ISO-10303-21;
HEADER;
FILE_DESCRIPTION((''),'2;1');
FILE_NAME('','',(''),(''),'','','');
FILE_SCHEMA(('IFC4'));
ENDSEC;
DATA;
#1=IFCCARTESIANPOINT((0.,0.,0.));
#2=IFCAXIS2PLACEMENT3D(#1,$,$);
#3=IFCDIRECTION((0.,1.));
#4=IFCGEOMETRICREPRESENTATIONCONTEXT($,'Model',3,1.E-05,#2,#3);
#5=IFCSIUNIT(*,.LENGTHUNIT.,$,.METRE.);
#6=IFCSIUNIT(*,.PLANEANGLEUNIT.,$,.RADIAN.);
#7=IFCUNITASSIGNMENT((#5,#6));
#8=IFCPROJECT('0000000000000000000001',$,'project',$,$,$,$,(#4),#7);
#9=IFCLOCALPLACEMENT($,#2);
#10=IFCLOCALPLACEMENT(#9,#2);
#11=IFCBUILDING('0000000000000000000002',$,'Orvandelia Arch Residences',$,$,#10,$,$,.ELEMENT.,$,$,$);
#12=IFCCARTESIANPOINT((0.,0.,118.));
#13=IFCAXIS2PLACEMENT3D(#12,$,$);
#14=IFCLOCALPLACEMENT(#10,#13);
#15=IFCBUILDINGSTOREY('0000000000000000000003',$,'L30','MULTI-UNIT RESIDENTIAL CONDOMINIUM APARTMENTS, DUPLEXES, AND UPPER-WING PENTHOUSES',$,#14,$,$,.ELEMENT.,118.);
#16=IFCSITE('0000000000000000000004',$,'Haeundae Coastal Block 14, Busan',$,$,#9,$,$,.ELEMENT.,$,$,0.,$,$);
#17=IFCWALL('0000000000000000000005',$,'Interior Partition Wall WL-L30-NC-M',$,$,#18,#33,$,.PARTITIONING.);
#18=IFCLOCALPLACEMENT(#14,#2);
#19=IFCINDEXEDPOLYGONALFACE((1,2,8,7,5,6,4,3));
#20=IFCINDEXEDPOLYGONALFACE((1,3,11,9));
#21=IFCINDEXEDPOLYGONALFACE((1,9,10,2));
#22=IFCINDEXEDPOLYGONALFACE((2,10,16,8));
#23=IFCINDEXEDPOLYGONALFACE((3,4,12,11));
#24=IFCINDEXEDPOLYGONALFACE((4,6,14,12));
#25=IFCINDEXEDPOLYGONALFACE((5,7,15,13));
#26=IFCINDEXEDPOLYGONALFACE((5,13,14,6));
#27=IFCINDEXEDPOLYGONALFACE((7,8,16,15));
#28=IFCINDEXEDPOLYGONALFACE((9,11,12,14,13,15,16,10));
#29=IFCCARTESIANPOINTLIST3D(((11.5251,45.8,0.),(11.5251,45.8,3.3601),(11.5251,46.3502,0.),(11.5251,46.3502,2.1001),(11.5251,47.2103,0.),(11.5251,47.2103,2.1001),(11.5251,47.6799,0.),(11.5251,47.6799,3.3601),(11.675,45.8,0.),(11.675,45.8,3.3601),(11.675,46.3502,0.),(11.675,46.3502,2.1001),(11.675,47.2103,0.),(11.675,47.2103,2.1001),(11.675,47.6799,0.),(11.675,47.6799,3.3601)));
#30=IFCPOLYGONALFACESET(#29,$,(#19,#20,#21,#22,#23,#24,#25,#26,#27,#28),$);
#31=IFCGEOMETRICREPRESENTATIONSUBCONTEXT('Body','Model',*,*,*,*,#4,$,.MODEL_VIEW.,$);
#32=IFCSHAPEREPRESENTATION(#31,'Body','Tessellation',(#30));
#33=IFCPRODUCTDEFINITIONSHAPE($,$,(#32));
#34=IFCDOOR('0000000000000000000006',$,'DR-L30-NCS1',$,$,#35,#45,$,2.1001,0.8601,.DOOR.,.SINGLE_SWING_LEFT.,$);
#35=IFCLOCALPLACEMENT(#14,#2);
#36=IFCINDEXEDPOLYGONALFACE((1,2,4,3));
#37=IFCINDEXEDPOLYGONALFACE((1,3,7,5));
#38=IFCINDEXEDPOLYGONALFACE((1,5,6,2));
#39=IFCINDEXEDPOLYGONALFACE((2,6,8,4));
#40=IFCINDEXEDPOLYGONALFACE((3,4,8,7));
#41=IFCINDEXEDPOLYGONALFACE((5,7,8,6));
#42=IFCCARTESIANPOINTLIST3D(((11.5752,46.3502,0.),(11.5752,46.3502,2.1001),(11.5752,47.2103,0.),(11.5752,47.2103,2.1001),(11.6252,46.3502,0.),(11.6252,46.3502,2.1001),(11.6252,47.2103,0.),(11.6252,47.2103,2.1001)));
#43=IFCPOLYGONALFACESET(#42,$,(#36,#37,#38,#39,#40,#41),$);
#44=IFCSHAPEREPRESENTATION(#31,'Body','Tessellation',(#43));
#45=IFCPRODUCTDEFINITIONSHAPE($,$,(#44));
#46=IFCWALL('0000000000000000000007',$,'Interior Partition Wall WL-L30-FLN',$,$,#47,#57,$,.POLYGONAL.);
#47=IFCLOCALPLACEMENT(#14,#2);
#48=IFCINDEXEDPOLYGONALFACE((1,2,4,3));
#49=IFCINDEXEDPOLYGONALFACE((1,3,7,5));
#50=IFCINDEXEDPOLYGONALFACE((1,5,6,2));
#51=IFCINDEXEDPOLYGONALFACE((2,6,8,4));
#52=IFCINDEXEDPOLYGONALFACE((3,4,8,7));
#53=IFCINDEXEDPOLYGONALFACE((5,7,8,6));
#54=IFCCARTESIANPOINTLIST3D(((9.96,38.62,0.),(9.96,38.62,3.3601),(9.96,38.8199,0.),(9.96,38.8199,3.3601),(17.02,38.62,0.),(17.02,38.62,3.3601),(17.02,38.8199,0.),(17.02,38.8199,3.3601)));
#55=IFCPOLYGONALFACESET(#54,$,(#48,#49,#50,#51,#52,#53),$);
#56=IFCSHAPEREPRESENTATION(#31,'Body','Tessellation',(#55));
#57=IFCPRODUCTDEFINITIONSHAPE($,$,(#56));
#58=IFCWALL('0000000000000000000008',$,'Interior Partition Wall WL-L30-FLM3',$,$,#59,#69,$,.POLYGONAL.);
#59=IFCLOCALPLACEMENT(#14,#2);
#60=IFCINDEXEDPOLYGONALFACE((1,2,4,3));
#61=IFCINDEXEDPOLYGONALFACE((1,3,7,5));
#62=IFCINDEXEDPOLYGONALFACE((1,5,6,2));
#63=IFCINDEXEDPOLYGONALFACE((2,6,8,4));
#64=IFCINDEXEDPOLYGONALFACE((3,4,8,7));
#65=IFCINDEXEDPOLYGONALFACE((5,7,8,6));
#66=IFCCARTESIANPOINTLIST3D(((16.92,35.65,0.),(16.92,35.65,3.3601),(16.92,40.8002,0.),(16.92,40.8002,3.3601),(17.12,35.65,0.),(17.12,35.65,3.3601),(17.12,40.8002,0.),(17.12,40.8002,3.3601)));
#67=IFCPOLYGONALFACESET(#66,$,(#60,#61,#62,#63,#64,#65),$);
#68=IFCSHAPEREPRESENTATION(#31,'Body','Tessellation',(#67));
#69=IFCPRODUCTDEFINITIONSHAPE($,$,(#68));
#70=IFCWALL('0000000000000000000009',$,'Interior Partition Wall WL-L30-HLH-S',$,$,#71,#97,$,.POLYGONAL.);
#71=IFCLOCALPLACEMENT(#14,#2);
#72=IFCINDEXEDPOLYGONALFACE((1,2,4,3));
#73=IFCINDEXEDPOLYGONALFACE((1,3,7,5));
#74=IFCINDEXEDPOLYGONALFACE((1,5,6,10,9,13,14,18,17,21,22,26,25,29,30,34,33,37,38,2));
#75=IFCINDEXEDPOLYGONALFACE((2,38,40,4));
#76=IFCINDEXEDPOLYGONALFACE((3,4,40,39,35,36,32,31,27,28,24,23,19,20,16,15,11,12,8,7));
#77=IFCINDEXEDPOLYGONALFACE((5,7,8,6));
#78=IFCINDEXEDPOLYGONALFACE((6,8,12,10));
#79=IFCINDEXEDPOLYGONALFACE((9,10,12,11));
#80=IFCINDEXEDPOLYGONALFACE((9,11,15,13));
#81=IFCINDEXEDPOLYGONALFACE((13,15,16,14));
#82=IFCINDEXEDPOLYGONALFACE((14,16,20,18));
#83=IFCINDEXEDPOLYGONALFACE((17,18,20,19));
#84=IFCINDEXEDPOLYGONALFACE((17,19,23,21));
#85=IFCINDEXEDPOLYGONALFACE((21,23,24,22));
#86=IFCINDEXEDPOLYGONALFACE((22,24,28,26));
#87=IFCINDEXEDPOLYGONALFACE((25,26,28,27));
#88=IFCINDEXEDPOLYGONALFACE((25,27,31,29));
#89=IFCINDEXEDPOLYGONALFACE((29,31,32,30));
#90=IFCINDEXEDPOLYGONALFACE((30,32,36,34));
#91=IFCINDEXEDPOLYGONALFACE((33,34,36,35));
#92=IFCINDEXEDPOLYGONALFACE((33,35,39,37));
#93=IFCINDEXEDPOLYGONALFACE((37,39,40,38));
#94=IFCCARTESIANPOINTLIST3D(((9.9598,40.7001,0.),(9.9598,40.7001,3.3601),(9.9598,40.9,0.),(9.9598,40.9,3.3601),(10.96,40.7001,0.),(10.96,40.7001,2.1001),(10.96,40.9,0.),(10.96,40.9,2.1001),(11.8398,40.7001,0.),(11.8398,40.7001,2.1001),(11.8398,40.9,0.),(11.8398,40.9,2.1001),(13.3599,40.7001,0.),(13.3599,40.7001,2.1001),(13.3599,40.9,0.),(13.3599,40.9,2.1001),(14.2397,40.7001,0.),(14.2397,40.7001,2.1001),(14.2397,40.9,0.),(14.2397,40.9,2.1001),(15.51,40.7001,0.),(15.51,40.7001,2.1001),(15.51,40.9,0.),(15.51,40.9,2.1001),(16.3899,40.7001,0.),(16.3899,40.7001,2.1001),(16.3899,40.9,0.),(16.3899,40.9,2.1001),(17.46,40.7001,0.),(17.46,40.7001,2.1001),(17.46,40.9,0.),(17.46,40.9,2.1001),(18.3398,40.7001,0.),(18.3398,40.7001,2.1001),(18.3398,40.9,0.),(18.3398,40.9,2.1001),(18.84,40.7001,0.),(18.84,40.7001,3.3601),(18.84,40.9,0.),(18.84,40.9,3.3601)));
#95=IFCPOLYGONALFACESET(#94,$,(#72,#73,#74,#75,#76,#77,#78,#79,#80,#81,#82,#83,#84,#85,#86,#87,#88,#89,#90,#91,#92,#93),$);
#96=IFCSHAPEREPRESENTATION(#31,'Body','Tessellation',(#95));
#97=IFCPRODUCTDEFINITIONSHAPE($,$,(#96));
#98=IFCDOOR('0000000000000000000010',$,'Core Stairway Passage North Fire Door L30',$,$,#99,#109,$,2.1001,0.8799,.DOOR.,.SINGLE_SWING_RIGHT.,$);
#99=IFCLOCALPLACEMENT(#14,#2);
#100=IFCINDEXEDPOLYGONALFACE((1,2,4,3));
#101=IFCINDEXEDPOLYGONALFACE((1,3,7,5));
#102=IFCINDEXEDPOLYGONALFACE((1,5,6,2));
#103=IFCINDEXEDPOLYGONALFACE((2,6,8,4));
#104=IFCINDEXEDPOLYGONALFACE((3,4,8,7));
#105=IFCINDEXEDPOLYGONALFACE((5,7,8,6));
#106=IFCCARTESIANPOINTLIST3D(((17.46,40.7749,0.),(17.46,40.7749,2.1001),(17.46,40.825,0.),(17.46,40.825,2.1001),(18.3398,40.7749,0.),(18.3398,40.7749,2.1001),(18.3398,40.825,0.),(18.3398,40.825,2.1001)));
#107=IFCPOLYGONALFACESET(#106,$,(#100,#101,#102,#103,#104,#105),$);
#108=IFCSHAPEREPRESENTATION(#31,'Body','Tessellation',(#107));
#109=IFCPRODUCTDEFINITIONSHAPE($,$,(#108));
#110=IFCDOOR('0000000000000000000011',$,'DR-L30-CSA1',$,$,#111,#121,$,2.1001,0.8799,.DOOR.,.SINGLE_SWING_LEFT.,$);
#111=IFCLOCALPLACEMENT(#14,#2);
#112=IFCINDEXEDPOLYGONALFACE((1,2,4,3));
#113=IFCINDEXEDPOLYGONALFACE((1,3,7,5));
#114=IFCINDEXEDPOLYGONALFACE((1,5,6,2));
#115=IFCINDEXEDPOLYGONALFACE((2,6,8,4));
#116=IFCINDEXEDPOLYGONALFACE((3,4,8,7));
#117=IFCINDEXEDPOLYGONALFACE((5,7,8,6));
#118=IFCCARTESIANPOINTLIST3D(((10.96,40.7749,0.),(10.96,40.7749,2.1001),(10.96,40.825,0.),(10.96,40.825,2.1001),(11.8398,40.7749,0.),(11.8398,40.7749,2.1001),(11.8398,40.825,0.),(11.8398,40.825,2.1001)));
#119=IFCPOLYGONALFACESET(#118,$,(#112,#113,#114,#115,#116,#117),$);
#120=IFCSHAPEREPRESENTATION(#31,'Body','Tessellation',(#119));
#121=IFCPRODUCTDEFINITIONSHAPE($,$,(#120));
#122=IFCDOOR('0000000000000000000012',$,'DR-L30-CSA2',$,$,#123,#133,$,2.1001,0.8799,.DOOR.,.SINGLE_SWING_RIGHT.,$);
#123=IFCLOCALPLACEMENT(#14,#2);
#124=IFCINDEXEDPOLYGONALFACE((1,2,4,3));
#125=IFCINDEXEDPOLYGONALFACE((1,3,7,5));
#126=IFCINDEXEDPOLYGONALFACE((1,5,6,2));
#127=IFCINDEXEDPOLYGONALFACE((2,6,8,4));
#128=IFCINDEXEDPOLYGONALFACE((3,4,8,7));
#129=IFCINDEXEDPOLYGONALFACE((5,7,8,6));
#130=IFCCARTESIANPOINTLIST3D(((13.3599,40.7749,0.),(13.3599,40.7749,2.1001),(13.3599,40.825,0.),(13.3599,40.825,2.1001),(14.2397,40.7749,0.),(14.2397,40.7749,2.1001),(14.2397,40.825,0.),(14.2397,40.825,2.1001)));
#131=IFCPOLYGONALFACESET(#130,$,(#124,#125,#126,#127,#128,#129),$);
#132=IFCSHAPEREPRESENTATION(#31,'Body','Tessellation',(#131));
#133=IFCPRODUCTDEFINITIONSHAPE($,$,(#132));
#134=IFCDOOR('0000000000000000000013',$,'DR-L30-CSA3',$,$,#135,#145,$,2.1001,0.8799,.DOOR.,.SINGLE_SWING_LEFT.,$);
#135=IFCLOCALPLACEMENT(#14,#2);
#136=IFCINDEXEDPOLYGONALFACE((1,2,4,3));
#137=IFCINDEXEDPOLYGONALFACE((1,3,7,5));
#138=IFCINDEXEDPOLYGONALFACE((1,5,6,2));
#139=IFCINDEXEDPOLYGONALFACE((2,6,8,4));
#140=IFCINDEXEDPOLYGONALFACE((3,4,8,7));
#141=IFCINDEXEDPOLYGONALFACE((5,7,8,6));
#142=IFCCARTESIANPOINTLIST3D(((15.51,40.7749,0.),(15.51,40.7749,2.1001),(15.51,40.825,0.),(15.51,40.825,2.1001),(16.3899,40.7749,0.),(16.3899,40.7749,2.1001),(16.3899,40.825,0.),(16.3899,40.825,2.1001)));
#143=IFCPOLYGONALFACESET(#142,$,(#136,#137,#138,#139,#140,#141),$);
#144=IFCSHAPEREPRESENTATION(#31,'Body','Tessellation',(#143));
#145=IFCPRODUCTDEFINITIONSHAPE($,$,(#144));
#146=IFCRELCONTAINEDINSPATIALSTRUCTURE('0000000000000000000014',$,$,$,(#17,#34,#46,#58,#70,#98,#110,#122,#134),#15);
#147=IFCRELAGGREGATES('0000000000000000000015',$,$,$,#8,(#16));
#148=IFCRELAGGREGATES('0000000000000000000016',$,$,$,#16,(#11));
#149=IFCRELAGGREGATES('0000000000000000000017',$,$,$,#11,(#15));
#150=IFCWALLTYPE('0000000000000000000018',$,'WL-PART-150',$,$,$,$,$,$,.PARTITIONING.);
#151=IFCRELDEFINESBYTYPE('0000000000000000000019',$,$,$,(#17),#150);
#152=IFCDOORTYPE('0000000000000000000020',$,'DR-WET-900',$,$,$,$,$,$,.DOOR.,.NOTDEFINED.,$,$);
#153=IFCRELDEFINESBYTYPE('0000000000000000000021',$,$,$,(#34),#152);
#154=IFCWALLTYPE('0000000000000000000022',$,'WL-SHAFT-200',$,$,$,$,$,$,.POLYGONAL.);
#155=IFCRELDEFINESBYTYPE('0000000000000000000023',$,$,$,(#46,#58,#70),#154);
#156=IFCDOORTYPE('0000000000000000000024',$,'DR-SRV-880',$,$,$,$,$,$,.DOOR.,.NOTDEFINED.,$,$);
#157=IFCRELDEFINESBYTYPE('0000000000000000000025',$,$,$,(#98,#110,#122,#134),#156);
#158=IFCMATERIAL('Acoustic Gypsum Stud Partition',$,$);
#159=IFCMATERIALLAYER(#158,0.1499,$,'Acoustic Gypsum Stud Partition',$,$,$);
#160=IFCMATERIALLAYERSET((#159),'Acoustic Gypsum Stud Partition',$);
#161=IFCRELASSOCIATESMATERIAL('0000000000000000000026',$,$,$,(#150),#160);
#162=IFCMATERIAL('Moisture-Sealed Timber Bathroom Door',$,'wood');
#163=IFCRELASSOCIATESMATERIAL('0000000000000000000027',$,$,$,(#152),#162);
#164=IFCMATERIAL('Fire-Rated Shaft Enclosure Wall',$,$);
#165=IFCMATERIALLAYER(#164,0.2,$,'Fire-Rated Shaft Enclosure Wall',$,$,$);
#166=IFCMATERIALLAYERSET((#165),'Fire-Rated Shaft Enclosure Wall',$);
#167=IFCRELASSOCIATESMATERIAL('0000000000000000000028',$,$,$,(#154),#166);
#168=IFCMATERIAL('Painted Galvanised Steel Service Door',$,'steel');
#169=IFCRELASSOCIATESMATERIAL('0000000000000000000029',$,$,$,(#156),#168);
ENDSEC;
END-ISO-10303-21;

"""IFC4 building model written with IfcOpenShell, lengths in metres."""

from ifc_helpers import new_model, si_unit, direction, frame, frame_2d, origin, place, context, subcontext, project, spatial, rectangle, extrude, material, layer, layer_set, type_object, element, fill, save


model = new_model("IFC4")

# Units and contexts
model_context = context("Model", 3, precision=1e-05, world=origin(), true_north=direction((0.0, 1.0)))
body_context = subcontext(model_context, "Body", "Model", "MODEL_VIEW")
ifc_project = project(units=[si_unit("LENGTHUNIT", "METRE"), si_unit("PLANEANGLEUNIT", "RADIAN")], contexts=[model_context])

# Site, building, storey
site_placement = place(None, origin())
site = spatial("IfcSite", under=ifc_project, at=site_placement, Name="Haeundae Coastal Block 14, Busan", CompositionType="ELEMENT", RefElevation=0.0)
building_placement = place(site_placement, origin())
building = spatial("IfcBuilding", under=site, at=building_placement, Name="Orvandelia Arch Residences", CompositionType="ELEMENT")
storey_placement = place(building_placement, frame((0.0, 0.0, 118.0)))
storey = spatial("IfcBuildingStorey", under=building, at=storey_placement, Name="L30", Description="MULTI-UNIT RESIDENTIAL CONDOMINIUM APARTMENTS, DUPLEXES, AND UPPER-WING PENTHOUSES", CompositionType="ELEMENT", Elevation=118.0)

# Shared definitions
ifc_material_1 = material(Name="Acoustic Gypsum Stud Partition")
ifc_layer_1 = layer(ifc_material_1, 0.1499, Name="Acoustic Gypsum Stud Partition")
ifc_layer_set_1 = layer_set([ifc_layer_1], Name="Acoustic Gypsum Stud Partition")
wall_type_1 = type_object("IfcWallType", Name="WL-PART-150", PredefinedType="PARTITIONING", material=ifc_layer_set_1)

# Wall, opening, door
wall_1_placement = place(storey_placement, frame((11.6001, 45.8, 0.0), z_axis=(0.0, 0.0, 1.0), x_axis=(0.0, 1.0, 0.0)))
wall_1 = element("IfcWall", 1, at=wall_1_placement, inside=storey, type_object=wall_type_1, Name="Interior Partition Wall WL-L30-NC-M", PredefinedType="PARTITIONING", context=body_context, shape_type="SweptSolid", body=[
    extrude(rectangle(XDim=1.8799, YDim=0.1499, at=frame_2d((0.9399, 0.0))), origin(), (0.0, 0.0, 1.0), 3.3601),
])
opening_1_placement = place(wall_1_placement, frame((0.55, 0.0, 0.0)))
opening_1 = element("IfcOpeningElement", 2, at=opening_1_placement, cuts=wall_1, PredefinedType="OPENING", context=body_context, shape_type="SweptSolid", body=[
    extrude(rectangle(XDim=0.8601, YDim=2.1001, at=frame_2d((0.4302, 1.05))), frame((0.0, 0.085, 0.0), z_axis=(0.0, -1.0, 0.0), x_axis=(1.0, 0.0, 0.0)), (0.0, 0.0, 1.0), 0.1699),
])
ifc_material_2 = material(Name="Moisture-Sealed Timber Bathroom Door", Category="wood")
door_type_1 = type_object("IfcDoorType", Name="DR-WET-900", OperationType="NOTDEFINED", PredefinedType="DOOR", material=ifc_material_2)
door_1_placement = place(opening_1_placement, origin())
door_1 = element("IfcDoor", 3, at=door_1_placement, inside=storey, type_object=door_type_1, Name="DR-L30-NCS1", OperationType="SINGLE_SWING_LEFT", OverallHeight=2.1001, OverallWidth=0.8601, PredefinedType="DOOR", context=body_context, shape_type="SweptSolid", body=[
    extrude(rectangle(XDim=0.8601, YDim=2.1001, at=frame_2d((0.4302, 1.05))), frame((0.0, 0.0249, 0.0), z_axis=(0.0, -1.0, 0.0), x_axis=(1.0, 0.0, 0.0)), (0.0, 0.0, 1.0), 0.05),
])
fill(opening_1, door_1)

# Walls
ifc_material_3 = material(Name="Fire-Rated Shaft Enclosure Wall")
ifc_layer_2 = layer(ifc_material_3, 0.2, Name="Fire-Rated Shaft Enclosure Wall")
ifc_layer_set_2 = layer_set([ifc_layer_2], Name="Fire-Rated Shaft Enclosure Wall")
wall_type_2 = type_object("IfcWallType", Name="WL-SHAFT-200", PredefinedType="POLYGONAL", material=ifc_layer_set_2)
wall_2_placement = place(storey_placement, frame((9.96, 38.72, 0.0), z_axis=(0.0, 0.0, 1.0), x_axis=(1.0, 0.0, 0.0)))
element("IfcWall", 4, at=wall_2_placement, inside=storey, type_object=wall_type_2, Name="Interior Partition Wall WL-L30-FLN", PredefinedType="POLYGONAL", context=body_context, shape_type="SweptSolid", body=[
    extrude(rectangle(XDim=7.0601, YDim=0.2, at=frame_2d((3.53, 0.0))), origin(), (0.0, 0.0, 1.0), 3.3601),
])
wall_3_placement = place(storey_placement, frame((17.02, 35.6499, 0.0), z_axis=(0.0, 0.0, 1.0), x_axis=(0.0, 1.0, 0.0)))
element("IfcWall", 5, at=wall_3_placement, inside=storey, type_object=wall_type_2, Name="Interior Partition Wall WL-L30-FLM3", PredefinedType="POLYGONAL", context=body_context, shape_type="SweptSolid", body=[
    extrude(rectangle(XDim=5.1501, YDim=0.2, at=frame_2d((2.5752, 0.0))), origin(), (0.0, 0.0, 1.0), 3.3601),
])

# Wall, openings, doors
wall_4_placement = place(storey_placement, frame((9.96, 40.8, 0.0), z_axis=(0.0, 0.0, 1.0), x_axis=(1.0, 0.0, 0.0)))
wall_4 = element("IfcWall", 6, at=wall_4_placement, inside=storey, type_object=wall_type_2, Name="Interior Partition Wall WL-L30-HLH-S", PredefinedType="POLYGONAL", context=body_context, shape_type="SweptSolid", body=[
    extrude(rectangle(XDim=8.8801, YDim=0.2, at=frame_2d((4.4399, 0.0))), origin(), (0.0, 0.0, 1.0), 3.3601),
])
opening_2_placement = place(wall_4_placement, frame((7.5, 0.0, 0.0)))
opening_2 = element("IfcOpeningElement", 7, at=opening_2_placement, cuts=wall_4, PredefinedType="OPENING", context=body_context, shape_type="SweptSolid", body=[
    extrude(rectangle(XDim=0.8799, YDim=2.1001, at=frame_2d((0.4399, 1.05))), frame((0.0, 0.1099, 0.0), z_axis=(0.0, -1.0, 0.0), x_axis=(1.0, 0.0, 0.0)), (0.0, 0.0, 1.0), 0.22),
])
opening_3_placement = place(wall_4_placement, frame((1.0, 0.0, 0.0)))
opening_3 = element("IfcOpeningElement", 8, at=opening_3_placement, cuts=wall_4, PredefinedType="OPENING", context=body_context, shape_type="SweptSolid", body=[
    extrude(rectangle(XDim=0.8799, YDim=2.1001, at=frame_2d((0.4399, 1.05))), frame((0.0, 0.1099, 0.0), z_axis=(0.0, -1.0, 0.0), x_axis=(1.0, 0.0, 0.0)), (0.0, 0.0, 1.0), 0.22),
])
opening_4_placement = place(wall_4_placement, frame((3.3999, 0.0, 0.0)))
opening_4 = element("IfcOpeningElement", 9, at=opening_4_placement, cuts=wall_4, PredefinedType="OPENING", context=body_context, shape_type="SweptSolid", body=[
    extrude(rectangle(XDim=0.8799, YDim=2.1001, at=frame_2d((0.4399, 1.05))), frame((0.0, 0.1099, 0.0), z_axis=(0.0, -1.0, 0.0), x_axis=(1.0, 0.0, 0.0)), (0.0, 0.0, 1.0), 0.22),
])
opening_5_placement = place(wall_4_placement, frame((5.55, 0.0, 0.0)))
opening_5 = element("IfcOpeningElement", 10, at=opening_5_placement, cuts=wall_4, PredefinedType="OPENING", context=body_context, shape_type="SweptSolid", body=[
    extrude(rectangle(XDim=0.8799, YDim=2.1001, at=frame_2d((0.4399, 1.05))), frame((0.0, 0.1099, 0.0), z_axis=(0.0, -1.0, 0.0), x_axis=(1.0, 0.0, 0.0)), (0.0, 0.0, 1.0), 0.22),
])
ifc_material_4 = material(Name="Painted Galvanised Steel Service Door", Category="steel")
door_type_2 = type_object("IfcDoorType", Name="DR-SRV-880", OperationType="NOTDEFINED", PredefinedType="DOOR", material=ifc_material_4)
door_2_placement = place(opening_2_placement, origin())
door_2 = element("IfcDoor", 11, at=door_2_placement, inside=storey, type_object=door_type_2, Name="Core Stairway Passage North Fire Door L30", OperationType="SINGLE_SWING_RIGHT", OverallHeight=2.1001, OverallWidth=0.8799, PredefinedType="DOOR", context=body_context, shape_type="SweptSolid", body=[
    extrude(rectangle(XDim=0.8799, YDim=2.1001, at=frame_2d((0.4399, 1.05))), frame((0.0, 0.0249, 0.0), z_axis=(0.0, -1.0, 0.0), x_axis=(1.0, 0.0, 0.0)), (0.0, 0.0, 1.0), 0.05),
])
fill(opening_2, door_2)
door_3_placement = place(opening_3_placement, origin())
door_3 = element("IfcDoor", 12, at=door_3_placement, inside=storey, type_object=door_type_2, Name="DR-L30-CSA1", OperationType="SINGLE_SWING_LEFT", OverallHeight=2.1001, OverallWidth=0.8799, PredefinedType="DOOR", context=body_context, shape_type="SweptSolid", body=[
    extrude(rectangle(XDim=0.8799, YDim=2.1001, at=frame_2d((0.4399, 1.05))), frame((0.0, 0.0249, 0.0), z_axis=(0.0, -1.0, 0.0), x_axis=(1.0, 0.0, 0.0)), (0.0, 0.0, 1.0), 0.05),
])
fill(opening_3, door_3)
door_4_placement = place(opening_4_placement, origin())
door_4 = element("IfcDoor", 13, at=door_4_placement, inside=storey, type_object=door_type_2, Name="DR-L30-CSA2", OperationType="SINGLE_SWING_RIGHT", OverallHeight=2.1001, OverallWidth=0.8799, PredefinedType="DOOR", context=body_context, shape_type="SweptSolid", body=[
    extrude(rectangle(XDim=0.8799, YDim=2.1001, at=frame_2d((0.4399, 1.05))), frame((0.0, 0.0249, 0.0), z_axis=(0.0, -1.0, 0.0), x_axis=(1.0, 0.0, 0.0)), (0.0, 0.0, 1.0), 0.05),
])
fill(opening_4, door_4)
door_5_placement = place(opening_5_placement, origin())
door_5 = element("IfcDoor", 14, at=door_5_placement, inside=storey, type_object=door_type_2, Name="DR-L30-CSA3", OperationType="SINGLE_SWING_LEFT", OverallHeight=2.1001, OverallWidth=0.8799, PredefinedType="DOOR", context=body_context, shape_type="SweptSolid", body=[
    extrude(rectangle(XDim=0.8799, YDim=2.1001, at=frame_2d((0.4399, 1.05))), frame((0.0, 0.0249, 0.0), z_axis=(0.0, -1.0, 0.0), x_axis=(1.0, 0.0, 0.0)), (0.0, 0.0, 1.0), 0.05),
])
fill(opening_5, door_5)

save(model, "model.ifc")
